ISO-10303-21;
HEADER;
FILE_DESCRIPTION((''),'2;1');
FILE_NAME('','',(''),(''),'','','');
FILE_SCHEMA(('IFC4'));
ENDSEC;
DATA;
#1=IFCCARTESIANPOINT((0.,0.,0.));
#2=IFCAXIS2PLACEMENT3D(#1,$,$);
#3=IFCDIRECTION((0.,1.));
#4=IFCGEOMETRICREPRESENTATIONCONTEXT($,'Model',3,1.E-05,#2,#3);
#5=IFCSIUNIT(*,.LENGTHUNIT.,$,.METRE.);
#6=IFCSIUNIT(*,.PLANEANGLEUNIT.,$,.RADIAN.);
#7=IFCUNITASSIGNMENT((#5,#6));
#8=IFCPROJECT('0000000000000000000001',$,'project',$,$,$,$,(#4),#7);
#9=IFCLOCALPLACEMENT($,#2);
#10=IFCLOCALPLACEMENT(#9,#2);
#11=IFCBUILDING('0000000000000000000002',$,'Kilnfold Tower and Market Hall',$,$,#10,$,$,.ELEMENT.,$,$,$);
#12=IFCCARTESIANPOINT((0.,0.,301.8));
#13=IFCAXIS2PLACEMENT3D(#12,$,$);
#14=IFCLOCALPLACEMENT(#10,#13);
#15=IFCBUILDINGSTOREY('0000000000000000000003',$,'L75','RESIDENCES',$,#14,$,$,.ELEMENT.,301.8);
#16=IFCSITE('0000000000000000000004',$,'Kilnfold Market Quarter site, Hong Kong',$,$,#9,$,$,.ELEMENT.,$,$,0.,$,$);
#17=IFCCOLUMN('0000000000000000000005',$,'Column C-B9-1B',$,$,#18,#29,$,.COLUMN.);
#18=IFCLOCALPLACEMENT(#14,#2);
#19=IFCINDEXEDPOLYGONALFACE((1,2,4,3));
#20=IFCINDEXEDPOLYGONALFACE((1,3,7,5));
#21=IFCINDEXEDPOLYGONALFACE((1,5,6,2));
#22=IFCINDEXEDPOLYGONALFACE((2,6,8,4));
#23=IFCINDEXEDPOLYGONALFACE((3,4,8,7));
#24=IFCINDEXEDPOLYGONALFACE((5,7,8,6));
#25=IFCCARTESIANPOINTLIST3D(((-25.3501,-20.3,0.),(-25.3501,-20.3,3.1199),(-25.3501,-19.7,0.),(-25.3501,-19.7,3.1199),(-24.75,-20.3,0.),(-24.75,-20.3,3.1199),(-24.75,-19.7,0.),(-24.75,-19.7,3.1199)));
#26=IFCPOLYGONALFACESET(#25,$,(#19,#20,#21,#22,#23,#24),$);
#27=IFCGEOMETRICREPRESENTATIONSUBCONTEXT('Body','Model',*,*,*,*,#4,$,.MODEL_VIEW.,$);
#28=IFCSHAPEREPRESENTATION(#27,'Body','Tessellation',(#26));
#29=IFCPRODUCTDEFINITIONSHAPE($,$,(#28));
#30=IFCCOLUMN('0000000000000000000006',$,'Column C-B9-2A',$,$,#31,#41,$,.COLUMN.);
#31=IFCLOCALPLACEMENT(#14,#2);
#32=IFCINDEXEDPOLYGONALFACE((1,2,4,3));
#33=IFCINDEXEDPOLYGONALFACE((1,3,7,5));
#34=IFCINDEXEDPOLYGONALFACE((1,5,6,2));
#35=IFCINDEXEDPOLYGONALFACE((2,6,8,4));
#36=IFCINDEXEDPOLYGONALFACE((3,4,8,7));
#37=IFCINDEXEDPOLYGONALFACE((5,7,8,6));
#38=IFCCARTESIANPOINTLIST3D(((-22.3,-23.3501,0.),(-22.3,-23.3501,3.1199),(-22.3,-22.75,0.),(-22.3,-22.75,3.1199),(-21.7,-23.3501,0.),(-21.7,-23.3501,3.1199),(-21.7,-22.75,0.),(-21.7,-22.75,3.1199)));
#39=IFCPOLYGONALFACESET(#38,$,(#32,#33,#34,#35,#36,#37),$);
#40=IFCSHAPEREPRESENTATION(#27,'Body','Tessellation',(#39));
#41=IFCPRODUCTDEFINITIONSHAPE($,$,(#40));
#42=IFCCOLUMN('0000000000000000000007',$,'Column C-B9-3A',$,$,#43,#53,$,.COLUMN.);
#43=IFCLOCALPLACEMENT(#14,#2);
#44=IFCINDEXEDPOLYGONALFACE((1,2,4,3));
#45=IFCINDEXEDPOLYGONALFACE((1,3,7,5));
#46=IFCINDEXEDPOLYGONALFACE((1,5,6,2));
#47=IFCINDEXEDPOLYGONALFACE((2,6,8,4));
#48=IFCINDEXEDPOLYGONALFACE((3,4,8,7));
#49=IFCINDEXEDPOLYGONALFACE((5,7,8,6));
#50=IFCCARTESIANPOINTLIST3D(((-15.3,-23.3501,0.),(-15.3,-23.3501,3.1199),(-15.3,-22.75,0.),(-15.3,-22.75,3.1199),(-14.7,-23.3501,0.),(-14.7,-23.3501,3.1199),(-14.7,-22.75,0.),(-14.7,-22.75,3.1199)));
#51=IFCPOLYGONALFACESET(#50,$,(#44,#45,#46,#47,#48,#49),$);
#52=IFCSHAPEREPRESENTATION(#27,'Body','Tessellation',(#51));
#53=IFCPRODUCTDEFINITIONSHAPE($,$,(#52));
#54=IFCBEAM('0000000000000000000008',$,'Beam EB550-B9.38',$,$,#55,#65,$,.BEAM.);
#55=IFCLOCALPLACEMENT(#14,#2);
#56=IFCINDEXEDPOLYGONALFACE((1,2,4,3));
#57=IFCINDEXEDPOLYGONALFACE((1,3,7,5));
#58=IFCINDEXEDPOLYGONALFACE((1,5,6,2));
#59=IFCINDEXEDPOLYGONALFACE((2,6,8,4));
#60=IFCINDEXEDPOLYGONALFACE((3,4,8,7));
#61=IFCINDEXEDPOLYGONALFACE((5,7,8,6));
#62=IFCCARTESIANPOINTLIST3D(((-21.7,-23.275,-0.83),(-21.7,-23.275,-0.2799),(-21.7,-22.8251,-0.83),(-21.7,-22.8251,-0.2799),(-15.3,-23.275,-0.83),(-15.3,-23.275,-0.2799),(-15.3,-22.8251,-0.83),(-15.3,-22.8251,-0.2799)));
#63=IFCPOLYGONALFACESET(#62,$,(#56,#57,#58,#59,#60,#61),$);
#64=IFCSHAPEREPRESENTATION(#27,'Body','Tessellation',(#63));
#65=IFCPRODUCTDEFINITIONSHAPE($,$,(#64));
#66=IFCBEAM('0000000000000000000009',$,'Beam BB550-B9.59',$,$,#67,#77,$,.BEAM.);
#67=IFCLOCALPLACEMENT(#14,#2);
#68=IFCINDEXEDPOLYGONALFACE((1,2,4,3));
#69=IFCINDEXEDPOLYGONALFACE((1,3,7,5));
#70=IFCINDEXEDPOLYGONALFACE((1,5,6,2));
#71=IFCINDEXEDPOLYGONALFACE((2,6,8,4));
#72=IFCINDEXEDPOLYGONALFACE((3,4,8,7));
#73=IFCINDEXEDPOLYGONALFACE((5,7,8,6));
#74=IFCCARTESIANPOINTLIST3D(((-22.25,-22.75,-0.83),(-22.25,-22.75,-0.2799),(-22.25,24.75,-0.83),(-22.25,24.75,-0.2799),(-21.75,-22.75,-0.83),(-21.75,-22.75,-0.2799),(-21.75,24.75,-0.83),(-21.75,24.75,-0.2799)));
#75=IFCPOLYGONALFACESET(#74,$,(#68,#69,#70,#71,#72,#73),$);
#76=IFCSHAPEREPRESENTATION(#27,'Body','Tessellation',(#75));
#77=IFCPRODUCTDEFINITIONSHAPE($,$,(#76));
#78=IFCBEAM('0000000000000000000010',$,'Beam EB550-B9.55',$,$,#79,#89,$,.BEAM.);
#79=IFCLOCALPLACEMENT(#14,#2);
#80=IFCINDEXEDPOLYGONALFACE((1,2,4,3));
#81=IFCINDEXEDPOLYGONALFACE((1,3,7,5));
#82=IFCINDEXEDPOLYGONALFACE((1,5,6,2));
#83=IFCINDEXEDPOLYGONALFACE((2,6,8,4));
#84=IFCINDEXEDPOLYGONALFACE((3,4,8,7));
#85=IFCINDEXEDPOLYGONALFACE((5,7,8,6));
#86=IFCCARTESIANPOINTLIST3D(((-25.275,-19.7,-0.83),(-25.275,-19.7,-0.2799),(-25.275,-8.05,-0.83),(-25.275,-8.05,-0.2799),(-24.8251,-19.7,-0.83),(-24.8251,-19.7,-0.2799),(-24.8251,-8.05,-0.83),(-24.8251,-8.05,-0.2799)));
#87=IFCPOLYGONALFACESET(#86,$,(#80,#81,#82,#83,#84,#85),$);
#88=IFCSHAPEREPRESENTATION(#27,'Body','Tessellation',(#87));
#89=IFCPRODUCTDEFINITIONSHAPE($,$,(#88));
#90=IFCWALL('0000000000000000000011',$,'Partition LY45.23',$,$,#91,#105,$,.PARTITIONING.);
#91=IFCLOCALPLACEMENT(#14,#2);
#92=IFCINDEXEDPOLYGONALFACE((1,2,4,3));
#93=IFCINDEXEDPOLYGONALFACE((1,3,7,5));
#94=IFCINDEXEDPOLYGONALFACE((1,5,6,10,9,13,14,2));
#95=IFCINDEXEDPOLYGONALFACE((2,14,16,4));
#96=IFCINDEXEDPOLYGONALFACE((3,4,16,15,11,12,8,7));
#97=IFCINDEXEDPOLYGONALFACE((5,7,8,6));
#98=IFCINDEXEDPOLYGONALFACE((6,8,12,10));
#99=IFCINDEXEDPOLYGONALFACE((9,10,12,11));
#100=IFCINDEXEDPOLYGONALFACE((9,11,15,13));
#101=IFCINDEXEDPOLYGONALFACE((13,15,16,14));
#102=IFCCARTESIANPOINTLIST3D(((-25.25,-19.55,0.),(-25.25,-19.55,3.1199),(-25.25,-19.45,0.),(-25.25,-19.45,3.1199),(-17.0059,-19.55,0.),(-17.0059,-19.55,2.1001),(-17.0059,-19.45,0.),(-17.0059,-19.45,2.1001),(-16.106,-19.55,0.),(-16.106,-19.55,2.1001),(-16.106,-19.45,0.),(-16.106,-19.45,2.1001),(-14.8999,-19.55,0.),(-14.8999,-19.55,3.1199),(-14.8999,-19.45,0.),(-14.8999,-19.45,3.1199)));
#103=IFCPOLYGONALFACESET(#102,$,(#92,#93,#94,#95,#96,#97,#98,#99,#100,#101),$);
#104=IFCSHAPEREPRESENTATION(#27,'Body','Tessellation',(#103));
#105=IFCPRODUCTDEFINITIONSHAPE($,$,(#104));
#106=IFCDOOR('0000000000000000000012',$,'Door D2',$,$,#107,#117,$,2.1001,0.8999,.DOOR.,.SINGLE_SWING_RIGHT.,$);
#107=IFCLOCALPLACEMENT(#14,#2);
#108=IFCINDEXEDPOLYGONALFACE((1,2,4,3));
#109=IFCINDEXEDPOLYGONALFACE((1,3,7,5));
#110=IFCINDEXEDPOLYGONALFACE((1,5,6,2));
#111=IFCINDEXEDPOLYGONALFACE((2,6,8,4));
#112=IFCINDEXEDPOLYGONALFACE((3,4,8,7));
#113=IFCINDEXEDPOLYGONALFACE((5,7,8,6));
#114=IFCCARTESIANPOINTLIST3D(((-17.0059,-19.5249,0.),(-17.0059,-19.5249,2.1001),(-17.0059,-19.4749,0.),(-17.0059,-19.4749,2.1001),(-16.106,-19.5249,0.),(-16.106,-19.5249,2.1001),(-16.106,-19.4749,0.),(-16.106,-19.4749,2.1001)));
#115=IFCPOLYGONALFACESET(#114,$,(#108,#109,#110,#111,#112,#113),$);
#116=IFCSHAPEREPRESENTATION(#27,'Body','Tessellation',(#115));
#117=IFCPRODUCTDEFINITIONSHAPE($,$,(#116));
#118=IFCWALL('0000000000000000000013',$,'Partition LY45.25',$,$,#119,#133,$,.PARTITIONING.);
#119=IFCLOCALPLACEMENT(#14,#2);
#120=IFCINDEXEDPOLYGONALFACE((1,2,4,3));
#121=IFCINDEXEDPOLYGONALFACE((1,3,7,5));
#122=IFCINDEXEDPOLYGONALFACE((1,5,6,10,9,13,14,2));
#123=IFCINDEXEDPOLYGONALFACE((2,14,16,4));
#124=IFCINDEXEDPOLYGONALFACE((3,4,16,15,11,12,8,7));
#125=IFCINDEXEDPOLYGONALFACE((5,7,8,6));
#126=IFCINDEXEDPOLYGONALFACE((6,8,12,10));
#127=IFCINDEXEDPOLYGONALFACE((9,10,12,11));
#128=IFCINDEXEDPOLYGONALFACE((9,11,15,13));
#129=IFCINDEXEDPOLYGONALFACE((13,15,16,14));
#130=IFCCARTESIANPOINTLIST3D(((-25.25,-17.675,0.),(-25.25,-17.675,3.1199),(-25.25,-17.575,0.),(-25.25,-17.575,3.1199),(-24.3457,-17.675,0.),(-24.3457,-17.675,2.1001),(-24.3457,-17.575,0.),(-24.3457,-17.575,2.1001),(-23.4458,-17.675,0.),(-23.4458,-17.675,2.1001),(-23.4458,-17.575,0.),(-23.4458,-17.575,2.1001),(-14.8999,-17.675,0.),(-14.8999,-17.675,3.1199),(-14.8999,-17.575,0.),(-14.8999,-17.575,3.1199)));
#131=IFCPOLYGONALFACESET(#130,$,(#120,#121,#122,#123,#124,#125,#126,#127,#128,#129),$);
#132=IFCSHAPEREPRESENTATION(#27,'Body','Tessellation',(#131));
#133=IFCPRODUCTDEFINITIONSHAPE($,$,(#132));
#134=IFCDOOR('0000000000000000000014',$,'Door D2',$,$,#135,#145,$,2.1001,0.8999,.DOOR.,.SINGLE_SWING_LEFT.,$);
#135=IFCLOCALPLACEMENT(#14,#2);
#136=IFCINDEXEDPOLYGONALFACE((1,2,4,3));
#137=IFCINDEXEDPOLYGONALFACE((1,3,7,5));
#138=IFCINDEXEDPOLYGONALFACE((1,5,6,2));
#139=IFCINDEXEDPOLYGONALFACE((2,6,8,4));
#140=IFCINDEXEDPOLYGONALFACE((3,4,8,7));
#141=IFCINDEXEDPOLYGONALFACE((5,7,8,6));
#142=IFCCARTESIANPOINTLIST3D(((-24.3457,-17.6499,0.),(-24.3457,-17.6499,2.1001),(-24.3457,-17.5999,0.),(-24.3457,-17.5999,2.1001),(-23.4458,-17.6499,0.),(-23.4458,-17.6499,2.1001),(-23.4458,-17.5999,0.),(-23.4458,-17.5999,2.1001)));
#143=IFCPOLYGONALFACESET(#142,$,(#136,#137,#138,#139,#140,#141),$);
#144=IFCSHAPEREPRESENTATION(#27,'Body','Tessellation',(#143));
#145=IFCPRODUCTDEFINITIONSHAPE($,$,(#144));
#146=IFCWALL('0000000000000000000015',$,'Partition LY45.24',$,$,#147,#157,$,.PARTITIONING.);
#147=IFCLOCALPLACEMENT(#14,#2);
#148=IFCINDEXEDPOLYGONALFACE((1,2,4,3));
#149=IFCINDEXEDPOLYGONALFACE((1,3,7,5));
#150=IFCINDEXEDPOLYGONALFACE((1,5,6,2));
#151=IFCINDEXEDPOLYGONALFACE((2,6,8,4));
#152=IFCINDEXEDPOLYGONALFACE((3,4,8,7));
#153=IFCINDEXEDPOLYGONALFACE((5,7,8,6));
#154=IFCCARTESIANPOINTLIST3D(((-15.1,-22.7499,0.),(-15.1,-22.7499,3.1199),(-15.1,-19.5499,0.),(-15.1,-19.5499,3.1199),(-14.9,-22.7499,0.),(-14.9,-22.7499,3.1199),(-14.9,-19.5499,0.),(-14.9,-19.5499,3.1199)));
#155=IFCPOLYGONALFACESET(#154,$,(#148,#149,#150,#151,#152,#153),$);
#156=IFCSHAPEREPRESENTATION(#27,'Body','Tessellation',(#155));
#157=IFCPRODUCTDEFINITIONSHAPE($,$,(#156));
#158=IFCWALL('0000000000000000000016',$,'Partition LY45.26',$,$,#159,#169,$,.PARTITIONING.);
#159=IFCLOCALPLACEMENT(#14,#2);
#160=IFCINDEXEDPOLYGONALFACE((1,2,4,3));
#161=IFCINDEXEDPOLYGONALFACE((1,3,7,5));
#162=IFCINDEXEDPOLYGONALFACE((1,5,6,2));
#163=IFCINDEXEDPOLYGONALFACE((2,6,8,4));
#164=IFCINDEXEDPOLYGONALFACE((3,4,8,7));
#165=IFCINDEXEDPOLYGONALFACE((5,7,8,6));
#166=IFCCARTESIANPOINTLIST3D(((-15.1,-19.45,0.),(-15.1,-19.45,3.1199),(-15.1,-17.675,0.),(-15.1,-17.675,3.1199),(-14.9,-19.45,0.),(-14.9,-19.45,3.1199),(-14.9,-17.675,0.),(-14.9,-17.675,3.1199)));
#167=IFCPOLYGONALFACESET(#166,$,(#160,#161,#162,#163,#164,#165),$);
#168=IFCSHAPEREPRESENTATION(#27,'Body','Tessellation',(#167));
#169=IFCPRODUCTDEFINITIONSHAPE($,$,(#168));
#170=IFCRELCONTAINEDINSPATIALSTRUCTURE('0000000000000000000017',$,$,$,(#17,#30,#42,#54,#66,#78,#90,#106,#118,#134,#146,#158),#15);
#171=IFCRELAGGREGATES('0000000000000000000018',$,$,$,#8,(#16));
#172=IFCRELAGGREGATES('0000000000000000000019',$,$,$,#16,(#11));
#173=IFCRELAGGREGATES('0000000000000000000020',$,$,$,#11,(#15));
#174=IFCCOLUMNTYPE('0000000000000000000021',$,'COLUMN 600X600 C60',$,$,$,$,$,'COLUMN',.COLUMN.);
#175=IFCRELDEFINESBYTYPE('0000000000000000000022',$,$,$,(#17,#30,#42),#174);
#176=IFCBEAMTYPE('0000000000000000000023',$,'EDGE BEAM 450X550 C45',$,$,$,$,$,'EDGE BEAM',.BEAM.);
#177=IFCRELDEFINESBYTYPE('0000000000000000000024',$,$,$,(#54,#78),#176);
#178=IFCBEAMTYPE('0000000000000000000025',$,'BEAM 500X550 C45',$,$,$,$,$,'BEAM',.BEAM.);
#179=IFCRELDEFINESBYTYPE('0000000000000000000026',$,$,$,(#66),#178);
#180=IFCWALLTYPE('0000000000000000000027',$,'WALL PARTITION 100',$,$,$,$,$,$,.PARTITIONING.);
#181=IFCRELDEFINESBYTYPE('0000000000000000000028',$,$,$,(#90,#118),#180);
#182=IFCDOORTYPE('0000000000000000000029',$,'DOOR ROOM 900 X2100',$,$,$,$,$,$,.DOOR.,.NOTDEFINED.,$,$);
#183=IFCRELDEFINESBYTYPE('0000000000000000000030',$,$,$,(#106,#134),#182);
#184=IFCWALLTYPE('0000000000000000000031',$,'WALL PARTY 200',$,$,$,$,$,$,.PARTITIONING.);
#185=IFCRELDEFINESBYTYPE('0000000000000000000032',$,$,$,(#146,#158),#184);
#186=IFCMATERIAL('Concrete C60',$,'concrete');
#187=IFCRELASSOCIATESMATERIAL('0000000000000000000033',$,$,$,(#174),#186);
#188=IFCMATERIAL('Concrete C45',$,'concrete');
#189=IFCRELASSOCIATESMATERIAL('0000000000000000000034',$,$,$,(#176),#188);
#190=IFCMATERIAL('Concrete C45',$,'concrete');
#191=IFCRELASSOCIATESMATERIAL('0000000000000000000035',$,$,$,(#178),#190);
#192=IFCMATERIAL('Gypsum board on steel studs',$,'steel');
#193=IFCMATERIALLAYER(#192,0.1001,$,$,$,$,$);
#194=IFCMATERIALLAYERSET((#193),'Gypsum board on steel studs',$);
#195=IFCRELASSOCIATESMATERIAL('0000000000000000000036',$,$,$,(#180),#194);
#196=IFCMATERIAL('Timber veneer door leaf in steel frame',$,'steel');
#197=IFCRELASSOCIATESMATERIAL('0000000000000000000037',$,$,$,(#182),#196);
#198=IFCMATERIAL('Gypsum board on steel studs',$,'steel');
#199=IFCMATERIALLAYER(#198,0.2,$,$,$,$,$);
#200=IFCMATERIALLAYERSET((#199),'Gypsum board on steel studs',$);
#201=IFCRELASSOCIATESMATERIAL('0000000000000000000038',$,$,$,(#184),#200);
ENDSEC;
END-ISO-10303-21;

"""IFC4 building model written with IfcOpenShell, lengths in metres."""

from ifc_helpers import new_model, si_unit, direction, frame, frame_2d, origin, origin_2d, place, context, subcontext, project, spatial, rectangle, extrude, source, transform, mapped, material, layer, layer_set, material_profile, profile_set, type_object, element, fill, save


model = new_model("IFC4")

# Units and contexts
model_context = context("Model", 3, precision=1e-05, world=origin(), true_north=direction((0.0, 1.0)))
body_context = subcontext(model_context, "Body", "Model", "MODEL_VIEW")
ifc_project = project(units=[si_unit("LENGTHUNIT", "METRE"), si_unit("PLANEANGLEUNIT", "RADIAN")], contexts=[model_context])

# Site, building, storey
site_placement = place(None, origin())
site = spatial("IfcSite", under=ifc_project, at=site_placement, Name="Kilnfold Market Quarter site, Hong Kong", CompositionType="ELEMENT", RefElevation=0.0)
building_placement = place(site_placement, origin())
building = spatial("IfcBuilding", under=site, at=building_placement, Name="Kilnfold Tower and Market Hall", CompositionType="ELEMENT")
storey_placement = place(building_placement, frame((0.0, 0.0, 301.8)))
storey = spatial("IfcBuildingStorey", under=building, at=storey_placement, Name="L75", Description="RESIDENCES", CompositionType="ELEMENT", Elevation=301.8)

# Columns
ifc_material_1 = material(Name="Concrete C60", Category="concrete")
ifc_material_profile_1 = material_profile(ifc_material_1, rectangle(XDim=0.6001, YDim=0.6001, at=origin_2d()), Name="RC 600x600")
ifc_profile_set_1 = profile_set([ifc_material_profile_1], Name="Concrete C60")
column_type = type_object("IfcColumnType", Name="COLUMN 600X600 C60", ElementType="COLUMN", PredefinedType="COLUMN", material=ifc_profile_set_1)
shared_shape_1 = source(origin(), body_context, "Body", "SweptSolid", [
    extrude(rectangle(XDim=0.6001, YDim=0.6001, at=origin_2d()), origin(), (0.0, 0.0, 1.0), 3.1199),
])
for number, where, z_axis, x_axis, name in (
    (1, (-25.05, -20.0, 0.0), (0.0, 0.0, 1.0), (1.0, 0.0, 0.0), "Column C-B9-1B"),
    (2, (-22.0, -23.05, 0.0), (0.0, 0.0, 1.0), (1.0, 0.0, 0.0), "Column C-B9-2A"),
    (3, (-15.0, -23.05, 0.0), (0.0, 0.0, 1.0), (1.0, 0.0, 0.0), "Column C-B9-3A"),
):
    element("IfcColumn", number, at=place(storey_placement, frame(where, z_axis=z_axis, x_axis=x_axis)), inside=storey, type_object=column_type, Name=name, PredefinedType="COLUMN", context=body_context, shape_type="MappedRepresentation", body=[
        mapped(shared_shape_1, transform((0.0, 0.0, 0.0))),
    ])

# Beams
ifc_material_2 = material(Name="Concrete C45", Category="concrete")
ifc_material_profile_2 = material_profile(ifc_material_2, rectangle(XDim=0.45, YDim=0.55, at=origin_2d()), Name="RC 450x550")
ifc_profile_set_2 = profile_set([ifc_material_profile_2], Name="Concrete C45")
beam_type_1 = type_object("IfcBeamType", Name="EDGE BEAM 450X550 C45", ElementType="EDGE BEAM", PredefinedType="BEAM", material=ifc_profile_set_2)
shared_shape_2 = source(origin(), body_context, "Body", "SweptSolid", [
    extrude(rectangle(XDim=0.45, YDim=0.55, at=origin_2d()), origin(), (0.0, 0.0, 1.0), 6.3999),
])
beam_1_placement = place(storey_placement, frame((-21.7, -23.05, -0.5549), z_axis=(1.0, 0.0, 0.0), x_axis=(0.0, 1.0, 0.0)))
element("IfcBeam", 4, at=beam_1_placement, inside=storey, type_object=beam_type_1, Name="Beam EB550-B9.38", PredefinedType="BEAM", context=body_context, shape_type="MappedRepresentation", body=[
    mapped(shared_shape_2, transform((0.0, 0.0, 0.0))),
])
ifc_material_3 = material(Name="Concrete C45", Category="concrete")
ifc_material_profile_3 = material_profile(ifc_material_3, rectangle(XDim=0.5, YDim=0.55, at=origin_2d()), Name="RC 500x550")
ifc_profile_set_3 = profile_set([ifc_material_profile_3], Name="Concrete C45")
beam_type_2 = type_object("IfcBeamType", Name="BEAM 500X550 C45", ElementType="BEAM", PredefinedType="BEAM", material=ifc_profile_set_3)
shared_shape_3 = source(origin(), body_context, "Body", "SweptSolid", [
    extrude(rectangle(XDim=0.5, YDim=0.55, at=origin_2d()), origin(), (0.0, 0.0, 1.0), 47.5),
])
beam_2_placement = place(storey_placement, frame((-22.0, -22.75, -0.5549), z_axis=(0.0, 1.0, 0.0), x_axis=(-1.0, 0.0, 0.0)))
element("IfcBeam", 5, at=beam_2_placement, inside=storey, type_object=beam_type_2, Name="Beam BB550-B9.59", PredefinedType="BEAM", context=body_context, shape_type="MappedRepresentation", body=[
    mapped(shared_shape_3, transform((0.0, 0.0, 0.0))),
])
shared_shape_4 = source(origin(), body_context, "Body", "SweptSolid", [
    extrude(rectangle(XDim=0.45, YDim=0.55, at=origin_2d()), origin(), (0.0, 0.0, 1.0), 11.6499),
])
beam_3_placement = place(storey_placement, frame((-25.05, -19.7, -0.5549), z_axis=(0.0, 1.0, 0.0), x_axis=(-1.0, 0.0, 0.0)))
element("IfcBeam", 6, at=beam_3_placement, inside=storey, type_object=beam_type_1, Name="Beam EB550-B9.55", PredefinedType="BEAM", context=body_context, shape_type="MappedRepresentation", body=[
    mapped(shared_shape_4, transform((0.0, 0.0, 0.0))),
])

# Walls, openings, doors
ifc_material_4 = material(Name="Gypsum board on steel studs", Category="steel")
ifc_layer_1 = layer(ifc_material_4, 0.1001)
ifc_layer_set_1 = layer_set([ifc_layer_1], Name="Gypsum board on steel studs")
wall_type_1 = type_object("IfcWallType", Name="WALL PARTITION 100", PredefinedType="PARTITIONING", material=ifc_layer_set_1)
wall_1_placement = place(storey_placement, frame((-14.8999, -19.5, 0.0), z_axis=(0.0, 0.0, 1.0), x_axis=(-1.0, 0.0, 0.0)))
wall_1 = element("IfcWall", 7, at=wall_1_placement, inside=storey, type_object=wall_type_1, Name="Partition LY45.23", PredefinedType="PARTITIONING", context=body_context, shape_type="SweptSolid", body=[
    extrude(rectangle(XDim=10.3501, YDim=0.1001, at=frame_2d((5.175, 0.0))), origin(), (0.0, 0.0, 1.0), 3.1199),
])
opening_1_placement = place(wall_1_placement, frame((1.2061, 0.0, 0.0)))
opening_1 = element("IfcOpeningElement", 8, at=opening_1_placement, cuts=wall_1, PredefinedType="OPENING", context=body_context, shape_type="SweptSolid", body=[
    extrude(rectangle(XDim=0.8999, YDim=2.1001, at=frame_2d((0.45, 1.05))), frame((0.0, 0.0601, 0.0), z_axis=(0.0, -1.0, 0.0), x_axis=(1.0, 0.0, 0.0)), (0.0, 0.0, 1.0), 0.1201),
])
ifc_material_5 = material(Name="Timber veneer door leaf in steel frame", Category="steel")
door_type = type_object("IfcDoorType", Name="DOOR ROOM 900 X2100", OperationType="NOTDEFINED", PredefinedType="DOOR", material=ifc_material_5)
door_1_placement = place(opening_1_placement, origin())
door_1 = element("IfcDoor", 9, at=door_1_placement, inside=storey, type_object=door_type, Name="Door D2", OperationType="SINGLE_SWING_RIGHT", OverallHeight=2.1001, OverallWidth=0.8999, PredefinedType="DOOR", context=body_context, shape_type="SweptSolid", body=[
    extrude(rectangle(XDim=0.8999, YDim=2.1001, at=frame_2d((0.45, 1.05))), frame((0.0, 0.0249, 0.0), z_axis=(0.0, -1.0, 0.0), x_axis=(1.0, 0.0, 0.0)), (0.0, 0.0, 1.0), 0.05),
])
fill(opening_1, door_1)
wall_2_placement = place(storey_placement, frame((-14.8999, -17.625, 0.0), z_axis=(0.0, 0.0, 1.0), x_axis=(-1.0, 0.0, 0.0)))
wall_2 = element("IfcWall", 10, at=wall_2_placement, inside=storey, type_object=wall_type_1, Name="Partition LY45.25", PredefinedType="PARTITIONING", context=body_context, shape_type="SweptSolid", body=[
    extrude(rectangle(XDim=10.3501, YDim=0.1001, at=frame_2d((5.175, 0.0))), origin(), (0.0, 0.0, 1.0), 3.1199),
])
opening_2_placement = place(wall_2_placement, frame((8.5459, 0.0, 0.0)))
opening_2 = element("IfcOpeningElement", 11, at=opening_2_placement, cuts=wall_2, PredefinedType="OPENING", context=body_context, shape_type="SweptSolid", body=[
    extrude(rectangle(XDim=0.8999, YDim=2.1001, at=frame_2d((0.45, 1.05))), frame((0.0, 0.0601, 0.0), z_axis=(0.0, -1.0, 0.0), x_axis=(1.0, 0.0, 0.0)), (0.0, 0.0, 1.0), 0.1201),
])
door_2_placement = place(opening_2_placement, origin())
door_2 = element("IfcDoor", 12, at=door_2_placement, inside=storey, type_object=door_type, Name="Door D2", OperationType="SINGLE_SWING_LEFT", OverallHeight=2.1001, OverallWidth=0.8999, PredefinedType="DOOR", context=body_context, shape_type="SweptSolid", body=[
    extrude(rectangle(XDim=0.8999, YDim=2.1001, at=frame_2d((0.45, 1.05))), frame((0.0, 0.0249, 0.0), z_axis=(0.0, -1.0, 0.0), x_axis=(1.0, 0.0, 0.0)), (0.0, 0.0, 1.0), 0.05),
])
fill(opening_2, door_2)

# Walls
ifc_material_6 = material(Name="Gypsum board on steel studs", Category="steel")
ifc_layer_2 = layer(ifc_material_6, 0.2)
ifc_layer_set_2 = layer_set([ifc_layer_2], Name="Gypsum board on steel studs")
wall_type_2 = type_object("IfcWallType", Name="WALL PARTY 200", PredefinedType="PARTITIONING", material=ifc_layer_set_2)
wall_3_placement = place(storey_placement, frame((-15.0, -22.75, 0.0), z_axis=(0.0, 0.0, 1.0), x_axis=(0.0, 1.0, 0.0)))
element("IfcWall", 13, at=wall_3_placement, inside=storey, type_object=wall_type_2, Name="Partition LY45.24", PredefinedType="PARTITIONING", context=body_context, shape_type="SweptSolid", body=[
    extrude(rectangle(XDim=3.2, YDim=0.2, at=frame_2d((1.6001, 0.0))), origin(), (0.0, 0.0, 1.0), 3.1199),
])
wall_4_placement = place(storey_placement, frame((-15.0, -19.45, 0.0), z_axis=(0.0, 0.0, 1.0), x_axis=(0.0, 1.0, 0.0)))
element("IfcWall", 14, at=wall_4_placement, inside=storey, type_object=wall_type_2, Name="Partition LY45.26", PredefinedType="PARTITIONING", context=body_context, shape_type="SweptSolid", body=[
    extrude(rectangle(XDim=1.7749, YDim=0.2, at=frame_2d((0.8875, 0.0))), origin(), (0.0, 0.0, 1.0), 3.1199),
])

save(model, "model.ifc")
